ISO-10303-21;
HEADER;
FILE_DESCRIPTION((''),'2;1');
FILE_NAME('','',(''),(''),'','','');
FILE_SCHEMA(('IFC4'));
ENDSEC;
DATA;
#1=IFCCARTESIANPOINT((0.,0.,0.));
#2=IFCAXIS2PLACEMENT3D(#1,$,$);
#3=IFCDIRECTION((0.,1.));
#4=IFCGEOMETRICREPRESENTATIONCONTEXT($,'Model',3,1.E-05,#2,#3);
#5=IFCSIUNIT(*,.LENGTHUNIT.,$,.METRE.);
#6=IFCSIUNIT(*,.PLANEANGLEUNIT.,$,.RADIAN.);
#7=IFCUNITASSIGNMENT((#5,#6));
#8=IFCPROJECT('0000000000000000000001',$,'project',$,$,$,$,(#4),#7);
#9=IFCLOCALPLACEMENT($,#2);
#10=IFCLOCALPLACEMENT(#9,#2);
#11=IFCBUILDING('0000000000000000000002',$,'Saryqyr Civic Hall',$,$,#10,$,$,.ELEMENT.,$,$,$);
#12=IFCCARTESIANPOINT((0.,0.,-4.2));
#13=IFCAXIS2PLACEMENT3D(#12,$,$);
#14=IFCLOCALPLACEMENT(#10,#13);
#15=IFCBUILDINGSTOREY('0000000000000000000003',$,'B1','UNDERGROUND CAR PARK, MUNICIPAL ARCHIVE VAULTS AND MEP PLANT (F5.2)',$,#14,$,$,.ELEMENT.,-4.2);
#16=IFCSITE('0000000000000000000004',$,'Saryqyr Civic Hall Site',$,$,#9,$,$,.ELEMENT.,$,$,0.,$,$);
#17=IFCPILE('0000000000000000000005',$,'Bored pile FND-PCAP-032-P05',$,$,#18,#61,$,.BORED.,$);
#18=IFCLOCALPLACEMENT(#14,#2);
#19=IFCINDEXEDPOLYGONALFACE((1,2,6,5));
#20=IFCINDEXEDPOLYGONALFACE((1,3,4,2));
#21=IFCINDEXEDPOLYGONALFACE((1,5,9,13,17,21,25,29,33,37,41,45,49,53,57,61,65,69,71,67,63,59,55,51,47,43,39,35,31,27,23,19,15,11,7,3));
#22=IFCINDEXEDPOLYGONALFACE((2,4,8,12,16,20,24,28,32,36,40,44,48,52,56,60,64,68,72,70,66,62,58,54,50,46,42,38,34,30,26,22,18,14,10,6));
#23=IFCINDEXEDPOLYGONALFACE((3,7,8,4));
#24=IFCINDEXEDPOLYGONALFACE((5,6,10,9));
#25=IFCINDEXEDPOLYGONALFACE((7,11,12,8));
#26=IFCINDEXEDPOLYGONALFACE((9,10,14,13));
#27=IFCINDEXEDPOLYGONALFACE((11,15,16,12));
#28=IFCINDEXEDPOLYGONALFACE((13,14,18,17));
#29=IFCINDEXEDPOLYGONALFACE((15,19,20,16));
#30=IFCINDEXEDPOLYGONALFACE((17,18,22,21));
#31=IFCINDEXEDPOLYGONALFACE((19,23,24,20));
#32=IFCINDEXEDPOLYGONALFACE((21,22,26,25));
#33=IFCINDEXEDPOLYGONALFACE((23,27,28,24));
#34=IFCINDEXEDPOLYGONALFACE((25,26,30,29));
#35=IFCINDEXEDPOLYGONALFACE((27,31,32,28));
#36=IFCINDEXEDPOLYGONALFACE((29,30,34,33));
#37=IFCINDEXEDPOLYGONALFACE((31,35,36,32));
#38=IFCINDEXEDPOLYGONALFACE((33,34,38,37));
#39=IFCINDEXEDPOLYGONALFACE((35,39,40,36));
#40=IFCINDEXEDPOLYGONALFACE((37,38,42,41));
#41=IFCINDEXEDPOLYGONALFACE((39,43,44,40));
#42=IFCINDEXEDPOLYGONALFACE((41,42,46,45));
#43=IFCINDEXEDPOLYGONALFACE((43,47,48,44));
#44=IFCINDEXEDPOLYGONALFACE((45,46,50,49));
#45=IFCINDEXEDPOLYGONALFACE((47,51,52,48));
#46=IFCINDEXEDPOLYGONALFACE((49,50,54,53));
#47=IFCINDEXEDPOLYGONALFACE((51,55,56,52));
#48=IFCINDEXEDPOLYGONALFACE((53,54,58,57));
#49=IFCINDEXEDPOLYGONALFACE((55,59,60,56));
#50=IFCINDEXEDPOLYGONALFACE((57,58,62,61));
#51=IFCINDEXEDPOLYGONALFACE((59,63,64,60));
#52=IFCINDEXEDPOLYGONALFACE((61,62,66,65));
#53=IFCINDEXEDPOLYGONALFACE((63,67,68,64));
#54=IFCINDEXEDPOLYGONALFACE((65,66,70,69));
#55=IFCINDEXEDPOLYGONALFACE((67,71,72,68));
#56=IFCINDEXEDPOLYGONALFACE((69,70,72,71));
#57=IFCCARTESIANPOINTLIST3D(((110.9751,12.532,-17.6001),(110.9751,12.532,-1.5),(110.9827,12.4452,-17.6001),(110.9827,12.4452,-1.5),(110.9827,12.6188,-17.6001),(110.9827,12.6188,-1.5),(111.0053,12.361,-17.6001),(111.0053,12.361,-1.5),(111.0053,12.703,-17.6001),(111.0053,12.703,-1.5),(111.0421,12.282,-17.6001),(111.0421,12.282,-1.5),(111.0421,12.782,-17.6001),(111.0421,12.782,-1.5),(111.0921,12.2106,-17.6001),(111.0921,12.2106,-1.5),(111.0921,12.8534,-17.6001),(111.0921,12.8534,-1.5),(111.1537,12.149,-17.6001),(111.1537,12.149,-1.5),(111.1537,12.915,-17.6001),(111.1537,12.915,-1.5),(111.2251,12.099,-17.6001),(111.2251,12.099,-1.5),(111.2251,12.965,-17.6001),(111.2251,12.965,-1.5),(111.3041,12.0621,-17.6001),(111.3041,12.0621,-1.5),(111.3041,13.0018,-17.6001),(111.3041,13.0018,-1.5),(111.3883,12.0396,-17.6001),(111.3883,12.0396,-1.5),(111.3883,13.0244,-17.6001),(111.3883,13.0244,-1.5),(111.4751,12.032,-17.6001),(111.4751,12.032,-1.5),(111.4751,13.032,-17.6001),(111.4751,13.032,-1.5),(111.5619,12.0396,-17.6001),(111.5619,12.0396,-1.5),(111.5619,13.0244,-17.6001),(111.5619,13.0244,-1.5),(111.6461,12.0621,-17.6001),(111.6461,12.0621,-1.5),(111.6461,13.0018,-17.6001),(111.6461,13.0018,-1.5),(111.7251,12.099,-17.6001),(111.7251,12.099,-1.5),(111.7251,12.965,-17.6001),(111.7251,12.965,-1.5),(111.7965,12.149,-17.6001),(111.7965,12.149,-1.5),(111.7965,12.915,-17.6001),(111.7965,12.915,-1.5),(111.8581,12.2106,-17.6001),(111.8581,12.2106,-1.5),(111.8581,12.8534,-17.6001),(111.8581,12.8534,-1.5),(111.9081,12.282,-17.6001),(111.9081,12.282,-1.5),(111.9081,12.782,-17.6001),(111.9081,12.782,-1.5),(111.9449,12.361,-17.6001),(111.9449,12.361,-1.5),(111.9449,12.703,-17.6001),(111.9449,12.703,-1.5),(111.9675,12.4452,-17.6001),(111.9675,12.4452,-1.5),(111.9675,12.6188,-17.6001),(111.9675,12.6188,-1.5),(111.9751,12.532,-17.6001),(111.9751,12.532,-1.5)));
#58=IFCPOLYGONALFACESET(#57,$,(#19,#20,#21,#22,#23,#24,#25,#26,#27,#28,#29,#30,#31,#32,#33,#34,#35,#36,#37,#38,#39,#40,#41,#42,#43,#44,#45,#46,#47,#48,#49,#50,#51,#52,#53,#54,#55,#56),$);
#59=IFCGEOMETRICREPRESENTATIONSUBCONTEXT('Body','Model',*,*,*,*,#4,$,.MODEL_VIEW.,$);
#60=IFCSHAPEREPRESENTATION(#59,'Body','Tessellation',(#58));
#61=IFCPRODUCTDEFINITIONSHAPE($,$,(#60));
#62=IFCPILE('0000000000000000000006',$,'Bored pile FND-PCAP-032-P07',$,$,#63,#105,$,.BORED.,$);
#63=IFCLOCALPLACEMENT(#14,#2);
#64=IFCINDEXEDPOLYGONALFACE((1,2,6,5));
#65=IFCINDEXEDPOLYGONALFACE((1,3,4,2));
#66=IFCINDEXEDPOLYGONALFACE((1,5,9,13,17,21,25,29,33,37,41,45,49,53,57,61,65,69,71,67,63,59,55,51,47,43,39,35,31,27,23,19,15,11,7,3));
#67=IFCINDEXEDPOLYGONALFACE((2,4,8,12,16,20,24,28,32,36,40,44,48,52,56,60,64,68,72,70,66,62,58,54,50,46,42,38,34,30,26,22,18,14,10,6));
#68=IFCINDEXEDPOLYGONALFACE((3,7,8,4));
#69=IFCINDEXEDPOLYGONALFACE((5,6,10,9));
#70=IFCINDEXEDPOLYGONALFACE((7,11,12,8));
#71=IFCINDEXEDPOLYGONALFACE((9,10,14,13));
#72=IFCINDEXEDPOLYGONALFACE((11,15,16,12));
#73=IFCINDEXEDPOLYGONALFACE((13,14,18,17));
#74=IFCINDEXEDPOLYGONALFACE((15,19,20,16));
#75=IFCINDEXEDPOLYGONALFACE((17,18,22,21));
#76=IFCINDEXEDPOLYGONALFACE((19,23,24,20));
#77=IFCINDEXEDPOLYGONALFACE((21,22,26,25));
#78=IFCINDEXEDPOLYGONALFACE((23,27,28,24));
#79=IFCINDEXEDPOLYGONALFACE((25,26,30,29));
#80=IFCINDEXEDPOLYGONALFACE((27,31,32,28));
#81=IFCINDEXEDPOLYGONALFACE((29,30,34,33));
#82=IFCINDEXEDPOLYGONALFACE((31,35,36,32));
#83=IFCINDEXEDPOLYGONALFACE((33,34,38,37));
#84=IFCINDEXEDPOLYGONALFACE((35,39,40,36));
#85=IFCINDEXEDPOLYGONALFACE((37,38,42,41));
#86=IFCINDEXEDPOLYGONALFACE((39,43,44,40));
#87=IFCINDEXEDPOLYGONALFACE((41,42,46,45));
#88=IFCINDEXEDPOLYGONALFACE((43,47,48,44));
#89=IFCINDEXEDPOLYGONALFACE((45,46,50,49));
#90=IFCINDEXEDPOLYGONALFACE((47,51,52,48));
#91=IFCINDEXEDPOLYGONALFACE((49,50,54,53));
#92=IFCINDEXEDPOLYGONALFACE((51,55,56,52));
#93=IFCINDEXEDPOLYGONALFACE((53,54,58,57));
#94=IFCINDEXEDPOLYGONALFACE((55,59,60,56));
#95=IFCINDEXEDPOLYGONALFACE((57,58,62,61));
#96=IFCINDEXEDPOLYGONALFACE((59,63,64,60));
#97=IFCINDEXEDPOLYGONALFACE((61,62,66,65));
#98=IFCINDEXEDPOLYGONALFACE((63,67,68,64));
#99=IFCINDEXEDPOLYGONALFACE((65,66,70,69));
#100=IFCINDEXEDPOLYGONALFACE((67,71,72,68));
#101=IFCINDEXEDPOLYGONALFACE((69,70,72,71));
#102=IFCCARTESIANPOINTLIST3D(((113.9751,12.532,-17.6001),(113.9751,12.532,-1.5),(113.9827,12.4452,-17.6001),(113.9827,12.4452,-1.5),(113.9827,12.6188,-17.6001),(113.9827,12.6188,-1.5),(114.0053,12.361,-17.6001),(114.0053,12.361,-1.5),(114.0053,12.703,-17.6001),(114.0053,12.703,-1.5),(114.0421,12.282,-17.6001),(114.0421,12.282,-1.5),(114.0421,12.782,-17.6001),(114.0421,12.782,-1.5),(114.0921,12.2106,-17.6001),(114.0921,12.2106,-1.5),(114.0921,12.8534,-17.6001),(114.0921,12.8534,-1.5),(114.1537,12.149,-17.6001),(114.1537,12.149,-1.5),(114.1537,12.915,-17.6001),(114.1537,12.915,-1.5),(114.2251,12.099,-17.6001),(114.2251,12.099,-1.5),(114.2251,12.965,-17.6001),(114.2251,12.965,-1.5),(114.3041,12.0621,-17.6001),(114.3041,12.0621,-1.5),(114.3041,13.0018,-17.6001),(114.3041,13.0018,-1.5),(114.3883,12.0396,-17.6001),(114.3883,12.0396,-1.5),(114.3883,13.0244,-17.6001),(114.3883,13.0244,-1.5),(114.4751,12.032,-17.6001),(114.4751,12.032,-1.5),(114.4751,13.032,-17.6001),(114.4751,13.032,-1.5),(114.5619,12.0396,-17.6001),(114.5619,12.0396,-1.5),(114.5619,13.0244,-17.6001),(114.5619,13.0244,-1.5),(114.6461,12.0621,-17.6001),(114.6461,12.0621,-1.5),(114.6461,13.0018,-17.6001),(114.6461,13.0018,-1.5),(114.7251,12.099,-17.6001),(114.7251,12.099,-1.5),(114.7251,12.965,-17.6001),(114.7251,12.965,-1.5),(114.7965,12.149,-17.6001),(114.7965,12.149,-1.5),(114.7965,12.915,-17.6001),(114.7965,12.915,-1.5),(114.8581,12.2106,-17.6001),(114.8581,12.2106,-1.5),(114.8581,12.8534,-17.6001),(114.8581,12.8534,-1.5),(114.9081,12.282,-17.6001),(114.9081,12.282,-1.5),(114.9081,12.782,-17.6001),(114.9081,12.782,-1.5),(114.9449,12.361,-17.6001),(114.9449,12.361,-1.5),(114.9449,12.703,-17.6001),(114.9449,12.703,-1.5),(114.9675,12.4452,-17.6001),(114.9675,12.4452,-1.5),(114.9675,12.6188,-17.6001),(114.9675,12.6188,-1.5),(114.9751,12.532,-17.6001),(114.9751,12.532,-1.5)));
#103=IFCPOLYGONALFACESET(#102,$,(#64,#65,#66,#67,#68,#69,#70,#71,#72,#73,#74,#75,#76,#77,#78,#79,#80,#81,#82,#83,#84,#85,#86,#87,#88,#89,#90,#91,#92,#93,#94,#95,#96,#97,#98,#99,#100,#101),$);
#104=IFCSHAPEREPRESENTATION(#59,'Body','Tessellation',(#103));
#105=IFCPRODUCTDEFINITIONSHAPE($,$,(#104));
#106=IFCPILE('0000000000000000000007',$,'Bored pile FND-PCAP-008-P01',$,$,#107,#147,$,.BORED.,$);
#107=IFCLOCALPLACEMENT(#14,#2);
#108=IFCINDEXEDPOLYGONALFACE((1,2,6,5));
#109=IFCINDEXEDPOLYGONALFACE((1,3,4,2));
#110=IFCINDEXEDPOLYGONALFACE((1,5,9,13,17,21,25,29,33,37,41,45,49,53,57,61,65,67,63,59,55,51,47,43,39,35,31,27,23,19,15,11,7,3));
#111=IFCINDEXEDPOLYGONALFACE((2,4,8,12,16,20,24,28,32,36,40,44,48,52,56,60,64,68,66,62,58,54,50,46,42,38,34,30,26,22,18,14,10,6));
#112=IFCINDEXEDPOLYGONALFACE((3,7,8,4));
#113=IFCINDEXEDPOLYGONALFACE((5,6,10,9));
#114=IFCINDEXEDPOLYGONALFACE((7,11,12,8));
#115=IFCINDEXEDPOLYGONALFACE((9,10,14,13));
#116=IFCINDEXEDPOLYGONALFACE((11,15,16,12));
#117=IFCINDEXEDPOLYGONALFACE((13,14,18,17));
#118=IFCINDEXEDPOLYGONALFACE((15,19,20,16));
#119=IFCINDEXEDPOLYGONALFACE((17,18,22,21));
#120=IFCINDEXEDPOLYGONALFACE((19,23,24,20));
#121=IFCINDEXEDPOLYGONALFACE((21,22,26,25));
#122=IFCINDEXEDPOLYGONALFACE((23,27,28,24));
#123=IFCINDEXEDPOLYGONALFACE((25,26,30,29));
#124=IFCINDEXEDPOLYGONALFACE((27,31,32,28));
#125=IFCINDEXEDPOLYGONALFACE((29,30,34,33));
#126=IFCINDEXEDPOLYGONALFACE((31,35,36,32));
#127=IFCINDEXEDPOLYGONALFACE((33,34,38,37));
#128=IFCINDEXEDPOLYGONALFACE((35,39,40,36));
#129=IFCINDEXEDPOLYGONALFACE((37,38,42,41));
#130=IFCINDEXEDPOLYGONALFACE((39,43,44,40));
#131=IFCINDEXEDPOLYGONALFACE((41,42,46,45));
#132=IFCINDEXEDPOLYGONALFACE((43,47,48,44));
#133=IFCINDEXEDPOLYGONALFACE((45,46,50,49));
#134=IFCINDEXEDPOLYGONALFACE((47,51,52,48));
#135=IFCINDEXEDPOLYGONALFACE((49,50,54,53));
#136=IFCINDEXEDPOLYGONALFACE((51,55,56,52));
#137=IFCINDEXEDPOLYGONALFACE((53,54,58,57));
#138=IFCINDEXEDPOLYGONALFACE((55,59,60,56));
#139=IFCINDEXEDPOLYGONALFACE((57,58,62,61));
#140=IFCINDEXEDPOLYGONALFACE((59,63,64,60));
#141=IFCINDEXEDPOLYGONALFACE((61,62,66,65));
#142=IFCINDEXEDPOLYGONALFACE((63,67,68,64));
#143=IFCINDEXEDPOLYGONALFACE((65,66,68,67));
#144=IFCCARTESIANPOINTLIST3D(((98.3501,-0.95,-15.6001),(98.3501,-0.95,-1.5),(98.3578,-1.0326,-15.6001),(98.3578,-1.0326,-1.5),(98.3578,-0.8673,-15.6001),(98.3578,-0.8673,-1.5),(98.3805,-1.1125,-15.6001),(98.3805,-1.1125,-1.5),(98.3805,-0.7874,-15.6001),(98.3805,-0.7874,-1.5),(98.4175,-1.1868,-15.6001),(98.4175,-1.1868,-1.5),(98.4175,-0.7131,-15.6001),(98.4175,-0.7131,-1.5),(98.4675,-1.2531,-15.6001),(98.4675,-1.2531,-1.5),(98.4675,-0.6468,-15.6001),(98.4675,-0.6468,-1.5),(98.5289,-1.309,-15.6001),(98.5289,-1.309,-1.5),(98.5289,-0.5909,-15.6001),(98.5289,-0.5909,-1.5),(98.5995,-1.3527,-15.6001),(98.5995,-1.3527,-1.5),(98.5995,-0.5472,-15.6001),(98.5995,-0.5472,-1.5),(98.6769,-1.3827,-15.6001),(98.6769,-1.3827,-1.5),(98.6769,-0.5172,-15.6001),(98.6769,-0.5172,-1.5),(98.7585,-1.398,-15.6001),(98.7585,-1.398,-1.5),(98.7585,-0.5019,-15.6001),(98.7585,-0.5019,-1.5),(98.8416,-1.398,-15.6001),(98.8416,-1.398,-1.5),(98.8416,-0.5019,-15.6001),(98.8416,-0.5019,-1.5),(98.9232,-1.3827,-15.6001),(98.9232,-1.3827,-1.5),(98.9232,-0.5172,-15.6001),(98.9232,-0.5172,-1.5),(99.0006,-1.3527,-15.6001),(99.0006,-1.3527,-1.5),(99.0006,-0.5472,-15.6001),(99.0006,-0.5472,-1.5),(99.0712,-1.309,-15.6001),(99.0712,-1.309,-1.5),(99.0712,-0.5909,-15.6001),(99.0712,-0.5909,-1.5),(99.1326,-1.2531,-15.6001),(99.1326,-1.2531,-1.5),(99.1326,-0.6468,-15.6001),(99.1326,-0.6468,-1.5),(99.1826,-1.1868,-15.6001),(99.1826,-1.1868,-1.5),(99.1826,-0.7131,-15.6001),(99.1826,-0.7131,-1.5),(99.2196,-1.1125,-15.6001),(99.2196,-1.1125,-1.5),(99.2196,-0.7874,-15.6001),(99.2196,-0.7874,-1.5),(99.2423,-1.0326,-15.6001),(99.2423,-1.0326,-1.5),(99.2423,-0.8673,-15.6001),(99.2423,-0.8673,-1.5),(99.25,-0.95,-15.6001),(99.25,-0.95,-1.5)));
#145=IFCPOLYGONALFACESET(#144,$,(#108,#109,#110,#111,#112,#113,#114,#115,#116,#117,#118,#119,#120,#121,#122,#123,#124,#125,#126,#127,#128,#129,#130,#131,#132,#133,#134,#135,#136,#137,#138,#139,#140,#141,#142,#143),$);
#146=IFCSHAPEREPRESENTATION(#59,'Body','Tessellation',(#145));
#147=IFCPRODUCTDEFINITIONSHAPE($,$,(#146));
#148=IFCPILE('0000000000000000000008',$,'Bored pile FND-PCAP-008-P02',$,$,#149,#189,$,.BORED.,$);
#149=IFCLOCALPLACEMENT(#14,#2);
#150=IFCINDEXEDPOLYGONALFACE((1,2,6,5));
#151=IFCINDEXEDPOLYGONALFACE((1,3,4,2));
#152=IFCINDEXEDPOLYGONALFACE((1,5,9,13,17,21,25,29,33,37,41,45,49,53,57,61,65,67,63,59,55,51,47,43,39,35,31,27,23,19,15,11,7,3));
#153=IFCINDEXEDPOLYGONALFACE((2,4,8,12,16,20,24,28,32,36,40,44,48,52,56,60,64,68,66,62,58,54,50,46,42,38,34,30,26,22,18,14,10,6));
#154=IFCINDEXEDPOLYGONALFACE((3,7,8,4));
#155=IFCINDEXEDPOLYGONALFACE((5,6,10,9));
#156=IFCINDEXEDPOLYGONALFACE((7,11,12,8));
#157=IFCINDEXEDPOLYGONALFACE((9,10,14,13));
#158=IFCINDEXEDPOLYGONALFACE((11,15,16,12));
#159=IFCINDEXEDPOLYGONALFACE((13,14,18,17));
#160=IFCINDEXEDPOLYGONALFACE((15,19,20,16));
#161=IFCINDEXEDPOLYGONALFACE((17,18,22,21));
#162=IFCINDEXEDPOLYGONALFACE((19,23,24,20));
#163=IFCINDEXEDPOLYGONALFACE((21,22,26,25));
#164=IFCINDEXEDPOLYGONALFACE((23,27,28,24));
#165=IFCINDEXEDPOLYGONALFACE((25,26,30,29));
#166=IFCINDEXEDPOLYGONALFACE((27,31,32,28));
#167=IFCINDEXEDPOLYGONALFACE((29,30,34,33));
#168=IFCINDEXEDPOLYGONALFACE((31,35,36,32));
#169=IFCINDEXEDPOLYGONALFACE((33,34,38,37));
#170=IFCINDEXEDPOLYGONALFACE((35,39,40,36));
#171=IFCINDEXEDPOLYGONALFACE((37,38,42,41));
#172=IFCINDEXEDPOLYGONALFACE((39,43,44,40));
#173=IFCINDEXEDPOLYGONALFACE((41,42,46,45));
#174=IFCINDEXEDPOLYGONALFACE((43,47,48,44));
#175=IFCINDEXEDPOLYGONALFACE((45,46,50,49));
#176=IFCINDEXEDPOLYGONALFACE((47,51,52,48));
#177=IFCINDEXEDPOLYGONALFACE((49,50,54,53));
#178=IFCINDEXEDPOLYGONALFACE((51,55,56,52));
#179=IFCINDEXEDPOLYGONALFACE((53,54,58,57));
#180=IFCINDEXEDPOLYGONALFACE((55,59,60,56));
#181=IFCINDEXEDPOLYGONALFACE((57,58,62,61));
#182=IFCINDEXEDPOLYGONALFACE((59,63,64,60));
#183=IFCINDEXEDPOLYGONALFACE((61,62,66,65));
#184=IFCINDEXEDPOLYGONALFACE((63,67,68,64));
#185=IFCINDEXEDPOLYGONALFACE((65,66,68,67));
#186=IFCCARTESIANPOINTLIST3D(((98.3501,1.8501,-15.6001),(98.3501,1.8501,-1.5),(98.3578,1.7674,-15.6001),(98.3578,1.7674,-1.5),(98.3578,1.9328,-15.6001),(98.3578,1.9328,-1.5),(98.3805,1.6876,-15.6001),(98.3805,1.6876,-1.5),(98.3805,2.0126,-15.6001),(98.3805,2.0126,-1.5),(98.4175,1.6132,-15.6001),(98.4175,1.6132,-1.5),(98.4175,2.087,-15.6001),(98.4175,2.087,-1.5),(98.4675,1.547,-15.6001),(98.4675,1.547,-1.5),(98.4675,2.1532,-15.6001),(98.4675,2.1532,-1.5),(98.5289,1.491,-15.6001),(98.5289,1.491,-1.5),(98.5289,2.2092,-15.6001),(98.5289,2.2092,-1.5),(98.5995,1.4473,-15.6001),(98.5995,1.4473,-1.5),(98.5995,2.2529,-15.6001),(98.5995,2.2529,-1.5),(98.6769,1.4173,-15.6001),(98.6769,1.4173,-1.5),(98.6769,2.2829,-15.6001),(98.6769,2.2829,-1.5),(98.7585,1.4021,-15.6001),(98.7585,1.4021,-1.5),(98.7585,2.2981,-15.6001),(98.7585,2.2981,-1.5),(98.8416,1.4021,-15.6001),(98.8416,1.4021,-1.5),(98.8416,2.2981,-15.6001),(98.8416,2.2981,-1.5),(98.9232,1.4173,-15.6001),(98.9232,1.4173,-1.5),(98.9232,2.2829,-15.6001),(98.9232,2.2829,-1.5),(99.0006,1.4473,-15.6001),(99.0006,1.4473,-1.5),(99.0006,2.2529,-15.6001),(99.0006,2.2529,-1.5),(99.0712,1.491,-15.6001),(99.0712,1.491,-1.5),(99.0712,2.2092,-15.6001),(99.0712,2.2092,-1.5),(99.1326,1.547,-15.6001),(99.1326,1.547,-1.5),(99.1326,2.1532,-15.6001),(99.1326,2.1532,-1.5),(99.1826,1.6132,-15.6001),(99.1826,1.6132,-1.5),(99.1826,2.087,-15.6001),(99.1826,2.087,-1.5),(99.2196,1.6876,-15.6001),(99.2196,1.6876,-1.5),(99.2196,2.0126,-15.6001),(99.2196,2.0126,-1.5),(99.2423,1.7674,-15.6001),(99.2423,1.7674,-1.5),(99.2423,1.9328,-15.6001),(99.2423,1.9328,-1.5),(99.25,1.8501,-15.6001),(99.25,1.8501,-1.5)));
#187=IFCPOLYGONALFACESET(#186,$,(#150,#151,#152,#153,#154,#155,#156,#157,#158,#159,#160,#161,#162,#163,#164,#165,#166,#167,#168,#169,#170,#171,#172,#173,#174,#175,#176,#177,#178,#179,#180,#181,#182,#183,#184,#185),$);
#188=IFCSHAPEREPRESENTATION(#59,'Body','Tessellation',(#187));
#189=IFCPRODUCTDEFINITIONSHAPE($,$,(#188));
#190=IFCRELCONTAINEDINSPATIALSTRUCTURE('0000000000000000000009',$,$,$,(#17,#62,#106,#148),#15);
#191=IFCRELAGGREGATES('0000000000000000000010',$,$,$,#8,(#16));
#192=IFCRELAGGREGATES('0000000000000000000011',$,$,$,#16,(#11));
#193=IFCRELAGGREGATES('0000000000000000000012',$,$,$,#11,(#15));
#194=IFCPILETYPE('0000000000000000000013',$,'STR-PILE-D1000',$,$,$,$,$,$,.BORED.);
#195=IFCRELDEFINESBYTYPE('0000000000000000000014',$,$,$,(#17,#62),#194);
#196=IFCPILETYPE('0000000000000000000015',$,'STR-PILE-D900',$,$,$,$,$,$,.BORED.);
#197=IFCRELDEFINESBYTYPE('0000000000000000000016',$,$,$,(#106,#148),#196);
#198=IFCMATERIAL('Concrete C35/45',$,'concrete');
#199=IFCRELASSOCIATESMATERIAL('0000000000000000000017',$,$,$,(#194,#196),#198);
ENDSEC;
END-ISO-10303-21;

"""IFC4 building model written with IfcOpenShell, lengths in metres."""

from ifc_helpers import new_model, si_unit, direction, frame, origin, origin_2d, place, context, subcontext, project, spatial, circle, extrude, material, material_profile, profile_set, type_object, element, save


model = new_model("IFC4")

# Units and contexts
model_context = context("Model", 3, precision=1e-05, world=origin(), true_north=direction((0.0, 1.0)))
body_context = subcontext(model_context, "Body", "Model", "MODEL_VIEW")
ifc_project = project(units=[si_unit("LENGTHUNIT", "METRE"), si_unit("PLANEANGLEUNIT", "RADIAN")], contexts=[model_context])

# Site, building, storey
site_placement = place(None, origin())
site = spatial("IfcSite", under=ifc_project, at=site_placement, Name="Saryqyr Civic Hall Site", CompositionType="ELEMENT", RefElevation=0.0)
building_placement = place(site_placement, origin())
building = spatial("IfcBuilding", under=site, at=building_placement, Name="Saryqyr Civic Hall", CompositionType="ELEMENT")
storey_placement = place(building_placement, frame((0.0, 0.0, -4.2)))
storey = spatial("IfcBuildingStorey", under=building, at=storey_placement, Name="B1", Description="UNDERGROUND CAR PARK, MUNICIPAL ARCHIVE VAULTS AND MEP PLANT (F5.2)", CompositionType="ELEMENT", Elevation=-4.2)

# Shared definitions
ifc_material_1 = material(Name="Concrete C35/45", Category="concrete")

# Piles
ifc_material_profile_1 = material_profile(ifc_material_1, circle(Radius=0.5, at=origin_2d()), Name="BORED PILE D1000")
ifc_profile_set_1 = profile_set([ifc_material_profile_1], Name="Concrete C35/45")
pile_type_1 = type_object("IfcPileType", Name="STR-PILE-D1000", PredefinedType="BORED", material=ifc_profile_set_1)
for number, where, z_axis, x_axis, name in (
    (1, (111.4751, 12.532, -1.5), (0.0, 0.0, -1.0), (1.0, 0.0, 0.0), "Bored pile FND-PCAP-032-P05"),
    (2, (114.4751, 12.532, -1.5), (0.0, 0.0, -1.0), (1.0, 0.0, 0.0), "Bored pile FND-PCAP-032-P07"),
):
    element("IfcPile", number, at=place(storey_placement, frame(where, z_axis=z_axis, x_axis=x_axis)), inside=storey, type_object=pile_type_1, Name=name, PredefinedType="BORED", context=body_context, shape_type="SweptSolid", body=[
        extrude(circle(Radius=0.5, at=origin_2d()), origin(), (0.0, 0.0, 1.0), 16.1001),
    ])
ifc_material_profile_2 = material_profile(ifc_material_1, circle(Radius=0.45, at=origin_2d()), Name="BORED PILE D900")
ifc_profile_set_2 = profile_set([ifc_material_profile_2], Name="Concrete C35/45")
pile_type_2 = type_object("IfcPileType", Name="STR-PILE-D900", PredefinedType="BORED", material=ifc_profile_set_2)
for number, where, z_axis, x_axis, name in (
    (3, (98.8, -0.95, -1.5), (0.0, 0.0, -1.0), (1.0, 0.0, 0.0), "Bored pile FND-PCAP-008-P01"),
    (4, (98.8, 1.8501, -1.5), (0.0, 0.0, -1.0), (1.0, 0.0, 0.0), "Bored pile FND-PCAP-008-P02"),
):
    element("IfcPile", number, at=place(storey_placement, frame(where, z_axis=z_axis, x_axis=x_axis)), inside=storey, type_object=pile_type_2, Name=name, PredefinedType="BORED", context=body_context, shape_type="SweptSolid", body=[
        extrude(circle(Radius=0.45, at=origin_2d()), origin(), (0.0, 0.0, 1.0), 14.1001),
    ])

save(model, "model.ifc")
